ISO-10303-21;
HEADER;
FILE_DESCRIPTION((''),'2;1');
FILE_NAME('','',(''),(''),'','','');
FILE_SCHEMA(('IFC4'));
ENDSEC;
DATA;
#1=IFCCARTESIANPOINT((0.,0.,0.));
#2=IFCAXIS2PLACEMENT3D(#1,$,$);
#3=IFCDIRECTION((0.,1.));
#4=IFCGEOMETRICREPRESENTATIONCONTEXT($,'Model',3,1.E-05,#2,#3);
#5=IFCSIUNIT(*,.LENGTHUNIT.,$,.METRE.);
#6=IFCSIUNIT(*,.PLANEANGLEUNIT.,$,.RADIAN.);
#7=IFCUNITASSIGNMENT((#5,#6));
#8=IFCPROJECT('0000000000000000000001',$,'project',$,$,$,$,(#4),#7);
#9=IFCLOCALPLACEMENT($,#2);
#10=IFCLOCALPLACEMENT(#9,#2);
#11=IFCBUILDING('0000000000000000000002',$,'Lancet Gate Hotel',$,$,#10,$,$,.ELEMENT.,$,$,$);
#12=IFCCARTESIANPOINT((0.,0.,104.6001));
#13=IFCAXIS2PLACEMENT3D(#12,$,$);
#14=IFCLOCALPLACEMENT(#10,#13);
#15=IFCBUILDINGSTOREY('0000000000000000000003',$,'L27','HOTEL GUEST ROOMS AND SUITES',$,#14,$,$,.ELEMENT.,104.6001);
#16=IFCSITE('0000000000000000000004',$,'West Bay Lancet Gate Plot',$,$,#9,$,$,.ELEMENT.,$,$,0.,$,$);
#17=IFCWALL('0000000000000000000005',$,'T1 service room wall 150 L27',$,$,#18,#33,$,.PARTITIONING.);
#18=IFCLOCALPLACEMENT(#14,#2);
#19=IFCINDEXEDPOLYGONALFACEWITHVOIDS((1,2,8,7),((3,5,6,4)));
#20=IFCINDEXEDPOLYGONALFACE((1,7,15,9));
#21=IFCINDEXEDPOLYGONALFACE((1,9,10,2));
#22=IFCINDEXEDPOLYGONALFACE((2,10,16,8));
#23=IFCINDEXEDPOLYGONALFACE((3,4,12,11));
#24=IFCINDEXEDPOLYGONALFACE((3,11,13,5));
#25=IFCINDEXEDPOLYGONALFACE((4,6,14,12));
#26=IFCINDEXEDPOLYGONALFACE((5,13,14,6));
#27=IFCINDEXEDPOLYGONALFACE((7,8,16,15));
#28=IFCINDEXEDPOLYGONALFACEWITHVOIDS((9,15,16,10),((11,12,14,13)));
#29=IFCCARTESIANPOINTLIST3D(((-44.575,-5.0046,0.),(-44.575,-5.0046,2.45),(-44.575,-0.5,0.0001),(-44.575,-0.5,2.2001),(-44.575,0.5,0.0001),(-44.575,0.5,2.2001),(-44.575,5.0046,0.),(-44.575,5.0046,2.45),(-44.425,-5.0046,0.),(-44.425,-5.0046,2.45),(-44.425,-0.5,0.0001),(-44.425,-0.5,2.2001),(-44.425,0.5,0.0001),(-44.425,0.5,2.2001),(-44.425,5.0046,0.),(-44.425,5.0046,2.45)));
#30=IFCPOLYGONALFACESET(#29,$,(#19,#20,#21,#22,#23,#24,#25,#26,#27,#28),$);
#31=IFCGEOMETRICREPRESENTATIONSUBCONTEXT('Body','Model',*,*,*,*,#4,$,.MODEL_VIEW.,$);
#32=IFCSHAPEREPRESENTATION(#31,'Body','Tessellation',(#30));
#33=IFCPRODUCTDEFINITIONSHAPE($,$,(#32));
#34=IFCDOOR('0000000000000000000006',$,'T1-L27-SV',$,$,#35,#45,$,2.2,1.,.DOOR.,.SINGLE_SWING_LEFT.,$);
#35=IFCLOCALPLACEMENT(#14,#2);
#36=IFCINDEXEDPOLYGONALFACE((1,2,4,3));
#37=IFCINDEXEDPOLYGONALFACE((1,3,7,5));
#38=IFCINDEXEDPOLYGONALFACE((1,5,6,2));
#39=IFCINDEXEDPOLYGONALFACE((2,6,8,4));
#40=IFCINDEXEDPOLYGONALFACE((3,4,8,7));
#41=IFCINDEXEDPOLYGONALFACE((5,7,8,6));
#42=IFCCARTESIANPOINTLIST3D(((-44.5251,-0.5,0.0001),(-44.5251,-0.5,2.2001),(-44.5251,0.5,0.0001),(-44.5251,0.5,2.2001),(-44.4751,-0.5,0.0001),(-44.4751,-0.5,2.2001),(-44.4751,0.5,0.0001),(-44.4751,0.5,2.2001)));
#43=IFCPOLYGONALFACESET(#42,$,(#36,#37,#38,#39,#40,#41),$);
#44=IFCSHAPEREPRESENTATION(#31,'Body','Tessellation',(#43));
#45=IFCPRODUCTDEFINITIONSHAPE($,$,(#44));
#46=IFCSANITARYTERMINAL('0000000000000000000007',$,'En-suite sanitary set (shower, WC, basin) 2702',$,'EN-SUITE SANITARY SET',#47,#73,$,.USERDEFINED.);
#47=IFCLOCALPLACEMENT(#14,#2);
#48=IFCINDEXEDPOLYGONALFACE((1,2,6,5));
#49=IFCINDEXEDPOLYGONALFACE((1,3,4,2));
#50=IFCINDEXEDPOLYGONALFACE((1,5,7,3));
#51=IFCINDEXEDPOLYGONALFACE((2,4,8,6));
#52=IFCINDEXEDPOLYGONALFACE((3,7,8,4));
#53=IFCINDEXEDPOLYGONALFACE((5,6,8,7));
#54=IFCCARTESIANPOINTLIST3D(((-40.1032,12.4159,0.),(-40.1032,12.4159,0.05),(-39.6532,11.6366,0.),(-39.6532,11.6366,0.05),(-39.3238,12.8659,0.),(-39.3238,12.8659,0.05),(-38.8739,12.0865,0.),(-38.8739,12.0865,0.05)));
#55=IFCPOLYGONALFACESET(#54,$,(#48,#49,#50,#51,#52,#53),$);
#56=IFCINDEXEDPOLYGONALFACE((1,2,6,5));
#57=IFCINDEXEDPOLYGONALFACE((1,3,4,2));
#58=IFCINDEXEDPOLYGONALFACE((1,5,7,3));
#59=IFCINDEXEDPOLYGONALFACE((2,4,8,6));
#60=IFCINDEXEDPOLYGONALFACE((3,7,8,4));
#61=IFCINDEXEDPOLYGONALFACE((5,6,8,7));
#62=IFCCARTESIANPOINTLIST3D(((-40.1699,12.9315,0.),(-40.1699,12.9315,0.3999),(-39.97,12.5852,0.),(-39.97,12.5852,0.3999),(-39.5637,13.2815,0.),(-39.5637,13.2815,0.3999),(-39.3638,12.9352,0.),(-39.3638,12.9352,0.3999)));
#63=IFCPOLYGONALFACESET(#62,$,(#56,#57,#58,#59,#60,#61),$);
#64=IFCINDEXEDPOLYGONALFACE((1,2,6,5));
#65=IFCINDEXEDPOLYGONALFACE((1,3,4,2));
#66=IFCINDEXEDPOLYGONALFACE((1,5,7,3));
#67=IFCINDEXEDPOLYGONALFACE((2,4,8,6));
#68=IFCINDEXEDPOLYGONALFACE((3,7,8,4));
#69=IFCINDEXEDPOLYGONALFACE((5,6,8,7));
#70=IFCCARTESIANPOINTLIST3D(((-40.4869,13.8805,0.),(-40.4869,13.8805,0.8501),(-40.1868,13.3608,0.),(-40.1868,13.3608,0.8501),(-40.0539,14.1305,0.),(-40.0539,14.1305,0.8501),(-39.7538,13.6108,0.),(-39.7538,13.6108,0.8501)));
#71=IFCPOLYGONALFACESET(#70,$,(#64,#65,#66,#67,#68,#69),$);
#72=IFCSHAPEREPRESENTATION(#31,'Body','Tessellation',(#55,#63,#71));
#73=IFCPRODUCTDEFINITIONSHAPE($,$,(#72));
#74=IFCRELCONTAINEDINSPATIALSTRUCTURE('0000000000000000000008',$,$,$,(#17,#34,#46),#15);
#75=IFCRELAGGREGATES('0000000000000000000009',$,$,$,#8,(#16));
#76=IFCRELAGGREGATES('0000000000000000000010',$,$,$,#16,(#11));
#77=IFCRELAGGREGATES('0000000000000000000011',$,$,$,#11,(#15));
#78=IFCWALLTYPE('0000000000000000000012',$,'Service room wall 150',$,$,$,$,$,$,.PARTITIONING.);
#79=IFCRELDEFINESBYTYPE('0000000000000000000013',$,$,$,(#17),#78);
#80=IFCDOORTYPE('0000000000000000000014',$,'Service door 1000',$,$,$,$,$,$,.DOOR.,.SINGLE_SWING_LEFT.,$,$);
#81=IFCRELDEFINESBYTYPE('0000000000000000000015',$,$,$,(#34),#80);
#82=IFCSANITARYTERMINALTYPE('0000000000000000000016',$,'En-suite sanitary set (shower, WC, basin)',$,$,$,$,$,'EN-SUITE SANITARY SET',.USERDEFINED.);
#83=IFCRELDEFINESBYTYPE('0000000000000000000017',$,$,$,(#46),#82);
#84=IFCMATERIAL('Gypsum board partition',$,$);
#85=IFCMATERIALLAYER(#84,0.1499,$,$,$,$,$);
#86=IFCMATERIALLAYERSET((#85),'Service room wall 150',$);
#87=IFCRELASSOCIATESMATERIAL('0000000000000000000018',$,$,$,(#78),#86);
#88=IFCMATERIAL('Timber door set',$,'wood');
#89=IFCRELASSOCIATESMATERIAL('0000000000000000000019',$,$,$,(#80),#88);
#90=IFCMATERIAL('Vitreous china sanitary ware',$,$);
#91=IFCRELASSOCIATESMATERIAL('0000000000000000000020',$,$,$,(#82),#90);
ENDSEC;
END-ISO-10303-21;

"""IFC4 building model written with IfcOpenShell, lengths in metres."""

from ifc_helpers import new_model, si_unit, direction, frame, frame_2d, origin, origin_2d, place, context, subcontext, project, spatial, rectangle, extrude, material, layer, layer_set, type_object, element, fill, save


model = new_model("IFC4")

# Units and contexts
model_context = context("Model", 3, precision=1e-05, world=origin(), true_north=direction((0.0, 1.0)))
body_context = subcontext(model_context, "Body", "Model", "MODEL_VIEW")
ifc_project = project(units=[si_unit("LENGTHUNIT", "METRE"), si_unit("PLANEANGLEUNIT", "RADIAN")], contexts=[model_context])

# Site, building, storey
site_placement = place(None, origin())
site = spatial("IfcSite", under=ifc_project, at=site_placement, Name="West Bay Lancet Gate Plot", CompositionType="ELEMENT", RefElevation=0.0)
building_placement = place(site_placement, origin())
building = spatial("IfcBuilding", under=site, at=building_placement, Name="Lancet Gate Hotel", CompositionType="ELEMENT")
storey_placement = place(building_placement, frame((0.0, 0.0, 104.6001)))
storey = spatial("IfcBuildingStorey", under=building, at=storey_placement, Name="L27", Description="HOTEL GUEST ROOMS AND SUITES", CompositionType="ELEMENT", Elevation=104.6001)

# Wall, opening, door
ifc_material_1 = material(Name="Gypsum board partition")
ifc_layer_1 = layer(ifc_material_1, 0.1499)
ifc_layer_set_1 = layer_set([ifc_layer_1], Name="Service room wall 150")
wall_type_1 = type_object("IfcWallType", Name="Service room wall 150", PredefinedType="PARTITIONING", material=ifc_layer_set_1)
ifc_material_2 = material(Name="Timber door set", Category="wood")
door_type_1 = type_object("IfcDoorType", Name="Service door 1000", OperationType="SINGLE_SWING_LEFT", PredefinedType="DOOR", material=ifc_material_2)
wall_1_placement = place(storey_placement, frame((-44.5, 5.0046, 0.0), z_axis=(0.0, 0.0, 1.0), x_axis=(0.0, -1.0, 0.0)))
wall_1 = element("IfcWall", 1, at=wall_1_placement, inside=storey, type_object=wall_type_1, Name="T1 service room wall 150 L27", PredefinedType="PARTITIONING", context=body_context, shape_type="SweptSolid", body=[
    extrude(rectangle(XDim=10.0093, YDim=0.1499, at=frame_2d((5.0046, 0.0))), origin(), (0.0, 0.0, 1.0), 2.45),
])
opening_1_placement = place(wall_1_placement, frame((4.5046, 0.0, 0.0)))
opening_1 = element("IfcOpeningElement", 2, at=opening_1_placement, cuts=wall_1, PredefinedType="OPENING", context=body_context, shape_type="SweptSolid", body=[
    extrude(rectangle(XDim=1.0, YDim=2.2, at=frame_2d((0.5, 1.1001))), frame((0.0, 0.085, 0.0), z_axis=(0.0, -1.0, 0.0), x_axis=(1.0, 0.0, 0.0)), (0.0, 0.0, 1.0), 0.1699),
])
door_1_placement = place(opening_1_placement, origin())
door_1 = element("IfcDoor", 3, at=door_1_placement, inside=storey, type_object=door_type_1, Name="T1-L27-SV", OperationType="SINGLE_SWING_LEFT", OverallHeight=2.2, OverallWidth=1.0, PredefinedType="DOOR", context=body_context, shape_type="SweptSolid", body=[
    extrude(rectangle(XDim=1.0, YDim=2.2, at=frame_2d((0.5, 1.1001))), frame((0.0, 0.0249, 0.0), z_axis=(0.0, -1.0, 0.0), x_axis=(1.0, 0.0, 0.0)), (0.0, 0.0, 1.0), 0.05),
])
fill(opening_1, door_1)

# Sanitary terminal
ifc_material_3 = material(Name="Vitreous china sanitary ware")
sanitary_terminal_type = type_object("IfcSanitaryTerminalType", Name="En-suite sanitary set (shower, WC, basin)", ElementType="EN-SUITE SANITARY SET", PredefinedType="USERDEFINED", material=ifc_material_3)
sanitary_terminal_placement = place(storey_placement, frame((-39.4885, 12.2512, 0.0), z_axis=(0.0, 0.0, 1.0), x_axis=(1.0, 0.0, 0.0)))
element("IfcSanitaryTerminal", 4, at=sanitary_terminal_placement, inside=storey, type_object=sanitary_terminal_type, Name="En-suite sanitary set (shower, WC, basin) 2702", ObjectType="EN-SUITE SANITARY SET", PredefinedType="USERDEFINED", context=body_context, shape_type="SweptSolid", body=[
    extrude(rectangle(XDim=0.8999, YDim=0.8999, at=origin_2d()), frame((0.0, 0.0, 0.0), z_axis=(0.0, 0.0, 1.0), x_axis=(0.5, -0.866025, 0.0)), (0.0, 0.0, 1.0), 0.05),
    extrude(rectangle(XDim=0.3999, YDim=0.7, at=origin_2d()), frame((-0.2783, 0.6821, 0.0), z_axis=(0.0, 0.0, 1.0), x_axis=(0.5, -0.866025, 0.0)), (0.0, 0.0, 1.0), 0.3999),
    extrude(rectangle(XDim=0.6001, YDim=0.5, at=origin_2d()), frame((-0.6318, 1.4944, 0.0), z_axis=(0.0, 0.0, 1.0), x_axis=(0.5, -0.866025, 0.0)), (0.0, 0.0, 1.0), 0.8501),
])

save(model, "model.ifc")
